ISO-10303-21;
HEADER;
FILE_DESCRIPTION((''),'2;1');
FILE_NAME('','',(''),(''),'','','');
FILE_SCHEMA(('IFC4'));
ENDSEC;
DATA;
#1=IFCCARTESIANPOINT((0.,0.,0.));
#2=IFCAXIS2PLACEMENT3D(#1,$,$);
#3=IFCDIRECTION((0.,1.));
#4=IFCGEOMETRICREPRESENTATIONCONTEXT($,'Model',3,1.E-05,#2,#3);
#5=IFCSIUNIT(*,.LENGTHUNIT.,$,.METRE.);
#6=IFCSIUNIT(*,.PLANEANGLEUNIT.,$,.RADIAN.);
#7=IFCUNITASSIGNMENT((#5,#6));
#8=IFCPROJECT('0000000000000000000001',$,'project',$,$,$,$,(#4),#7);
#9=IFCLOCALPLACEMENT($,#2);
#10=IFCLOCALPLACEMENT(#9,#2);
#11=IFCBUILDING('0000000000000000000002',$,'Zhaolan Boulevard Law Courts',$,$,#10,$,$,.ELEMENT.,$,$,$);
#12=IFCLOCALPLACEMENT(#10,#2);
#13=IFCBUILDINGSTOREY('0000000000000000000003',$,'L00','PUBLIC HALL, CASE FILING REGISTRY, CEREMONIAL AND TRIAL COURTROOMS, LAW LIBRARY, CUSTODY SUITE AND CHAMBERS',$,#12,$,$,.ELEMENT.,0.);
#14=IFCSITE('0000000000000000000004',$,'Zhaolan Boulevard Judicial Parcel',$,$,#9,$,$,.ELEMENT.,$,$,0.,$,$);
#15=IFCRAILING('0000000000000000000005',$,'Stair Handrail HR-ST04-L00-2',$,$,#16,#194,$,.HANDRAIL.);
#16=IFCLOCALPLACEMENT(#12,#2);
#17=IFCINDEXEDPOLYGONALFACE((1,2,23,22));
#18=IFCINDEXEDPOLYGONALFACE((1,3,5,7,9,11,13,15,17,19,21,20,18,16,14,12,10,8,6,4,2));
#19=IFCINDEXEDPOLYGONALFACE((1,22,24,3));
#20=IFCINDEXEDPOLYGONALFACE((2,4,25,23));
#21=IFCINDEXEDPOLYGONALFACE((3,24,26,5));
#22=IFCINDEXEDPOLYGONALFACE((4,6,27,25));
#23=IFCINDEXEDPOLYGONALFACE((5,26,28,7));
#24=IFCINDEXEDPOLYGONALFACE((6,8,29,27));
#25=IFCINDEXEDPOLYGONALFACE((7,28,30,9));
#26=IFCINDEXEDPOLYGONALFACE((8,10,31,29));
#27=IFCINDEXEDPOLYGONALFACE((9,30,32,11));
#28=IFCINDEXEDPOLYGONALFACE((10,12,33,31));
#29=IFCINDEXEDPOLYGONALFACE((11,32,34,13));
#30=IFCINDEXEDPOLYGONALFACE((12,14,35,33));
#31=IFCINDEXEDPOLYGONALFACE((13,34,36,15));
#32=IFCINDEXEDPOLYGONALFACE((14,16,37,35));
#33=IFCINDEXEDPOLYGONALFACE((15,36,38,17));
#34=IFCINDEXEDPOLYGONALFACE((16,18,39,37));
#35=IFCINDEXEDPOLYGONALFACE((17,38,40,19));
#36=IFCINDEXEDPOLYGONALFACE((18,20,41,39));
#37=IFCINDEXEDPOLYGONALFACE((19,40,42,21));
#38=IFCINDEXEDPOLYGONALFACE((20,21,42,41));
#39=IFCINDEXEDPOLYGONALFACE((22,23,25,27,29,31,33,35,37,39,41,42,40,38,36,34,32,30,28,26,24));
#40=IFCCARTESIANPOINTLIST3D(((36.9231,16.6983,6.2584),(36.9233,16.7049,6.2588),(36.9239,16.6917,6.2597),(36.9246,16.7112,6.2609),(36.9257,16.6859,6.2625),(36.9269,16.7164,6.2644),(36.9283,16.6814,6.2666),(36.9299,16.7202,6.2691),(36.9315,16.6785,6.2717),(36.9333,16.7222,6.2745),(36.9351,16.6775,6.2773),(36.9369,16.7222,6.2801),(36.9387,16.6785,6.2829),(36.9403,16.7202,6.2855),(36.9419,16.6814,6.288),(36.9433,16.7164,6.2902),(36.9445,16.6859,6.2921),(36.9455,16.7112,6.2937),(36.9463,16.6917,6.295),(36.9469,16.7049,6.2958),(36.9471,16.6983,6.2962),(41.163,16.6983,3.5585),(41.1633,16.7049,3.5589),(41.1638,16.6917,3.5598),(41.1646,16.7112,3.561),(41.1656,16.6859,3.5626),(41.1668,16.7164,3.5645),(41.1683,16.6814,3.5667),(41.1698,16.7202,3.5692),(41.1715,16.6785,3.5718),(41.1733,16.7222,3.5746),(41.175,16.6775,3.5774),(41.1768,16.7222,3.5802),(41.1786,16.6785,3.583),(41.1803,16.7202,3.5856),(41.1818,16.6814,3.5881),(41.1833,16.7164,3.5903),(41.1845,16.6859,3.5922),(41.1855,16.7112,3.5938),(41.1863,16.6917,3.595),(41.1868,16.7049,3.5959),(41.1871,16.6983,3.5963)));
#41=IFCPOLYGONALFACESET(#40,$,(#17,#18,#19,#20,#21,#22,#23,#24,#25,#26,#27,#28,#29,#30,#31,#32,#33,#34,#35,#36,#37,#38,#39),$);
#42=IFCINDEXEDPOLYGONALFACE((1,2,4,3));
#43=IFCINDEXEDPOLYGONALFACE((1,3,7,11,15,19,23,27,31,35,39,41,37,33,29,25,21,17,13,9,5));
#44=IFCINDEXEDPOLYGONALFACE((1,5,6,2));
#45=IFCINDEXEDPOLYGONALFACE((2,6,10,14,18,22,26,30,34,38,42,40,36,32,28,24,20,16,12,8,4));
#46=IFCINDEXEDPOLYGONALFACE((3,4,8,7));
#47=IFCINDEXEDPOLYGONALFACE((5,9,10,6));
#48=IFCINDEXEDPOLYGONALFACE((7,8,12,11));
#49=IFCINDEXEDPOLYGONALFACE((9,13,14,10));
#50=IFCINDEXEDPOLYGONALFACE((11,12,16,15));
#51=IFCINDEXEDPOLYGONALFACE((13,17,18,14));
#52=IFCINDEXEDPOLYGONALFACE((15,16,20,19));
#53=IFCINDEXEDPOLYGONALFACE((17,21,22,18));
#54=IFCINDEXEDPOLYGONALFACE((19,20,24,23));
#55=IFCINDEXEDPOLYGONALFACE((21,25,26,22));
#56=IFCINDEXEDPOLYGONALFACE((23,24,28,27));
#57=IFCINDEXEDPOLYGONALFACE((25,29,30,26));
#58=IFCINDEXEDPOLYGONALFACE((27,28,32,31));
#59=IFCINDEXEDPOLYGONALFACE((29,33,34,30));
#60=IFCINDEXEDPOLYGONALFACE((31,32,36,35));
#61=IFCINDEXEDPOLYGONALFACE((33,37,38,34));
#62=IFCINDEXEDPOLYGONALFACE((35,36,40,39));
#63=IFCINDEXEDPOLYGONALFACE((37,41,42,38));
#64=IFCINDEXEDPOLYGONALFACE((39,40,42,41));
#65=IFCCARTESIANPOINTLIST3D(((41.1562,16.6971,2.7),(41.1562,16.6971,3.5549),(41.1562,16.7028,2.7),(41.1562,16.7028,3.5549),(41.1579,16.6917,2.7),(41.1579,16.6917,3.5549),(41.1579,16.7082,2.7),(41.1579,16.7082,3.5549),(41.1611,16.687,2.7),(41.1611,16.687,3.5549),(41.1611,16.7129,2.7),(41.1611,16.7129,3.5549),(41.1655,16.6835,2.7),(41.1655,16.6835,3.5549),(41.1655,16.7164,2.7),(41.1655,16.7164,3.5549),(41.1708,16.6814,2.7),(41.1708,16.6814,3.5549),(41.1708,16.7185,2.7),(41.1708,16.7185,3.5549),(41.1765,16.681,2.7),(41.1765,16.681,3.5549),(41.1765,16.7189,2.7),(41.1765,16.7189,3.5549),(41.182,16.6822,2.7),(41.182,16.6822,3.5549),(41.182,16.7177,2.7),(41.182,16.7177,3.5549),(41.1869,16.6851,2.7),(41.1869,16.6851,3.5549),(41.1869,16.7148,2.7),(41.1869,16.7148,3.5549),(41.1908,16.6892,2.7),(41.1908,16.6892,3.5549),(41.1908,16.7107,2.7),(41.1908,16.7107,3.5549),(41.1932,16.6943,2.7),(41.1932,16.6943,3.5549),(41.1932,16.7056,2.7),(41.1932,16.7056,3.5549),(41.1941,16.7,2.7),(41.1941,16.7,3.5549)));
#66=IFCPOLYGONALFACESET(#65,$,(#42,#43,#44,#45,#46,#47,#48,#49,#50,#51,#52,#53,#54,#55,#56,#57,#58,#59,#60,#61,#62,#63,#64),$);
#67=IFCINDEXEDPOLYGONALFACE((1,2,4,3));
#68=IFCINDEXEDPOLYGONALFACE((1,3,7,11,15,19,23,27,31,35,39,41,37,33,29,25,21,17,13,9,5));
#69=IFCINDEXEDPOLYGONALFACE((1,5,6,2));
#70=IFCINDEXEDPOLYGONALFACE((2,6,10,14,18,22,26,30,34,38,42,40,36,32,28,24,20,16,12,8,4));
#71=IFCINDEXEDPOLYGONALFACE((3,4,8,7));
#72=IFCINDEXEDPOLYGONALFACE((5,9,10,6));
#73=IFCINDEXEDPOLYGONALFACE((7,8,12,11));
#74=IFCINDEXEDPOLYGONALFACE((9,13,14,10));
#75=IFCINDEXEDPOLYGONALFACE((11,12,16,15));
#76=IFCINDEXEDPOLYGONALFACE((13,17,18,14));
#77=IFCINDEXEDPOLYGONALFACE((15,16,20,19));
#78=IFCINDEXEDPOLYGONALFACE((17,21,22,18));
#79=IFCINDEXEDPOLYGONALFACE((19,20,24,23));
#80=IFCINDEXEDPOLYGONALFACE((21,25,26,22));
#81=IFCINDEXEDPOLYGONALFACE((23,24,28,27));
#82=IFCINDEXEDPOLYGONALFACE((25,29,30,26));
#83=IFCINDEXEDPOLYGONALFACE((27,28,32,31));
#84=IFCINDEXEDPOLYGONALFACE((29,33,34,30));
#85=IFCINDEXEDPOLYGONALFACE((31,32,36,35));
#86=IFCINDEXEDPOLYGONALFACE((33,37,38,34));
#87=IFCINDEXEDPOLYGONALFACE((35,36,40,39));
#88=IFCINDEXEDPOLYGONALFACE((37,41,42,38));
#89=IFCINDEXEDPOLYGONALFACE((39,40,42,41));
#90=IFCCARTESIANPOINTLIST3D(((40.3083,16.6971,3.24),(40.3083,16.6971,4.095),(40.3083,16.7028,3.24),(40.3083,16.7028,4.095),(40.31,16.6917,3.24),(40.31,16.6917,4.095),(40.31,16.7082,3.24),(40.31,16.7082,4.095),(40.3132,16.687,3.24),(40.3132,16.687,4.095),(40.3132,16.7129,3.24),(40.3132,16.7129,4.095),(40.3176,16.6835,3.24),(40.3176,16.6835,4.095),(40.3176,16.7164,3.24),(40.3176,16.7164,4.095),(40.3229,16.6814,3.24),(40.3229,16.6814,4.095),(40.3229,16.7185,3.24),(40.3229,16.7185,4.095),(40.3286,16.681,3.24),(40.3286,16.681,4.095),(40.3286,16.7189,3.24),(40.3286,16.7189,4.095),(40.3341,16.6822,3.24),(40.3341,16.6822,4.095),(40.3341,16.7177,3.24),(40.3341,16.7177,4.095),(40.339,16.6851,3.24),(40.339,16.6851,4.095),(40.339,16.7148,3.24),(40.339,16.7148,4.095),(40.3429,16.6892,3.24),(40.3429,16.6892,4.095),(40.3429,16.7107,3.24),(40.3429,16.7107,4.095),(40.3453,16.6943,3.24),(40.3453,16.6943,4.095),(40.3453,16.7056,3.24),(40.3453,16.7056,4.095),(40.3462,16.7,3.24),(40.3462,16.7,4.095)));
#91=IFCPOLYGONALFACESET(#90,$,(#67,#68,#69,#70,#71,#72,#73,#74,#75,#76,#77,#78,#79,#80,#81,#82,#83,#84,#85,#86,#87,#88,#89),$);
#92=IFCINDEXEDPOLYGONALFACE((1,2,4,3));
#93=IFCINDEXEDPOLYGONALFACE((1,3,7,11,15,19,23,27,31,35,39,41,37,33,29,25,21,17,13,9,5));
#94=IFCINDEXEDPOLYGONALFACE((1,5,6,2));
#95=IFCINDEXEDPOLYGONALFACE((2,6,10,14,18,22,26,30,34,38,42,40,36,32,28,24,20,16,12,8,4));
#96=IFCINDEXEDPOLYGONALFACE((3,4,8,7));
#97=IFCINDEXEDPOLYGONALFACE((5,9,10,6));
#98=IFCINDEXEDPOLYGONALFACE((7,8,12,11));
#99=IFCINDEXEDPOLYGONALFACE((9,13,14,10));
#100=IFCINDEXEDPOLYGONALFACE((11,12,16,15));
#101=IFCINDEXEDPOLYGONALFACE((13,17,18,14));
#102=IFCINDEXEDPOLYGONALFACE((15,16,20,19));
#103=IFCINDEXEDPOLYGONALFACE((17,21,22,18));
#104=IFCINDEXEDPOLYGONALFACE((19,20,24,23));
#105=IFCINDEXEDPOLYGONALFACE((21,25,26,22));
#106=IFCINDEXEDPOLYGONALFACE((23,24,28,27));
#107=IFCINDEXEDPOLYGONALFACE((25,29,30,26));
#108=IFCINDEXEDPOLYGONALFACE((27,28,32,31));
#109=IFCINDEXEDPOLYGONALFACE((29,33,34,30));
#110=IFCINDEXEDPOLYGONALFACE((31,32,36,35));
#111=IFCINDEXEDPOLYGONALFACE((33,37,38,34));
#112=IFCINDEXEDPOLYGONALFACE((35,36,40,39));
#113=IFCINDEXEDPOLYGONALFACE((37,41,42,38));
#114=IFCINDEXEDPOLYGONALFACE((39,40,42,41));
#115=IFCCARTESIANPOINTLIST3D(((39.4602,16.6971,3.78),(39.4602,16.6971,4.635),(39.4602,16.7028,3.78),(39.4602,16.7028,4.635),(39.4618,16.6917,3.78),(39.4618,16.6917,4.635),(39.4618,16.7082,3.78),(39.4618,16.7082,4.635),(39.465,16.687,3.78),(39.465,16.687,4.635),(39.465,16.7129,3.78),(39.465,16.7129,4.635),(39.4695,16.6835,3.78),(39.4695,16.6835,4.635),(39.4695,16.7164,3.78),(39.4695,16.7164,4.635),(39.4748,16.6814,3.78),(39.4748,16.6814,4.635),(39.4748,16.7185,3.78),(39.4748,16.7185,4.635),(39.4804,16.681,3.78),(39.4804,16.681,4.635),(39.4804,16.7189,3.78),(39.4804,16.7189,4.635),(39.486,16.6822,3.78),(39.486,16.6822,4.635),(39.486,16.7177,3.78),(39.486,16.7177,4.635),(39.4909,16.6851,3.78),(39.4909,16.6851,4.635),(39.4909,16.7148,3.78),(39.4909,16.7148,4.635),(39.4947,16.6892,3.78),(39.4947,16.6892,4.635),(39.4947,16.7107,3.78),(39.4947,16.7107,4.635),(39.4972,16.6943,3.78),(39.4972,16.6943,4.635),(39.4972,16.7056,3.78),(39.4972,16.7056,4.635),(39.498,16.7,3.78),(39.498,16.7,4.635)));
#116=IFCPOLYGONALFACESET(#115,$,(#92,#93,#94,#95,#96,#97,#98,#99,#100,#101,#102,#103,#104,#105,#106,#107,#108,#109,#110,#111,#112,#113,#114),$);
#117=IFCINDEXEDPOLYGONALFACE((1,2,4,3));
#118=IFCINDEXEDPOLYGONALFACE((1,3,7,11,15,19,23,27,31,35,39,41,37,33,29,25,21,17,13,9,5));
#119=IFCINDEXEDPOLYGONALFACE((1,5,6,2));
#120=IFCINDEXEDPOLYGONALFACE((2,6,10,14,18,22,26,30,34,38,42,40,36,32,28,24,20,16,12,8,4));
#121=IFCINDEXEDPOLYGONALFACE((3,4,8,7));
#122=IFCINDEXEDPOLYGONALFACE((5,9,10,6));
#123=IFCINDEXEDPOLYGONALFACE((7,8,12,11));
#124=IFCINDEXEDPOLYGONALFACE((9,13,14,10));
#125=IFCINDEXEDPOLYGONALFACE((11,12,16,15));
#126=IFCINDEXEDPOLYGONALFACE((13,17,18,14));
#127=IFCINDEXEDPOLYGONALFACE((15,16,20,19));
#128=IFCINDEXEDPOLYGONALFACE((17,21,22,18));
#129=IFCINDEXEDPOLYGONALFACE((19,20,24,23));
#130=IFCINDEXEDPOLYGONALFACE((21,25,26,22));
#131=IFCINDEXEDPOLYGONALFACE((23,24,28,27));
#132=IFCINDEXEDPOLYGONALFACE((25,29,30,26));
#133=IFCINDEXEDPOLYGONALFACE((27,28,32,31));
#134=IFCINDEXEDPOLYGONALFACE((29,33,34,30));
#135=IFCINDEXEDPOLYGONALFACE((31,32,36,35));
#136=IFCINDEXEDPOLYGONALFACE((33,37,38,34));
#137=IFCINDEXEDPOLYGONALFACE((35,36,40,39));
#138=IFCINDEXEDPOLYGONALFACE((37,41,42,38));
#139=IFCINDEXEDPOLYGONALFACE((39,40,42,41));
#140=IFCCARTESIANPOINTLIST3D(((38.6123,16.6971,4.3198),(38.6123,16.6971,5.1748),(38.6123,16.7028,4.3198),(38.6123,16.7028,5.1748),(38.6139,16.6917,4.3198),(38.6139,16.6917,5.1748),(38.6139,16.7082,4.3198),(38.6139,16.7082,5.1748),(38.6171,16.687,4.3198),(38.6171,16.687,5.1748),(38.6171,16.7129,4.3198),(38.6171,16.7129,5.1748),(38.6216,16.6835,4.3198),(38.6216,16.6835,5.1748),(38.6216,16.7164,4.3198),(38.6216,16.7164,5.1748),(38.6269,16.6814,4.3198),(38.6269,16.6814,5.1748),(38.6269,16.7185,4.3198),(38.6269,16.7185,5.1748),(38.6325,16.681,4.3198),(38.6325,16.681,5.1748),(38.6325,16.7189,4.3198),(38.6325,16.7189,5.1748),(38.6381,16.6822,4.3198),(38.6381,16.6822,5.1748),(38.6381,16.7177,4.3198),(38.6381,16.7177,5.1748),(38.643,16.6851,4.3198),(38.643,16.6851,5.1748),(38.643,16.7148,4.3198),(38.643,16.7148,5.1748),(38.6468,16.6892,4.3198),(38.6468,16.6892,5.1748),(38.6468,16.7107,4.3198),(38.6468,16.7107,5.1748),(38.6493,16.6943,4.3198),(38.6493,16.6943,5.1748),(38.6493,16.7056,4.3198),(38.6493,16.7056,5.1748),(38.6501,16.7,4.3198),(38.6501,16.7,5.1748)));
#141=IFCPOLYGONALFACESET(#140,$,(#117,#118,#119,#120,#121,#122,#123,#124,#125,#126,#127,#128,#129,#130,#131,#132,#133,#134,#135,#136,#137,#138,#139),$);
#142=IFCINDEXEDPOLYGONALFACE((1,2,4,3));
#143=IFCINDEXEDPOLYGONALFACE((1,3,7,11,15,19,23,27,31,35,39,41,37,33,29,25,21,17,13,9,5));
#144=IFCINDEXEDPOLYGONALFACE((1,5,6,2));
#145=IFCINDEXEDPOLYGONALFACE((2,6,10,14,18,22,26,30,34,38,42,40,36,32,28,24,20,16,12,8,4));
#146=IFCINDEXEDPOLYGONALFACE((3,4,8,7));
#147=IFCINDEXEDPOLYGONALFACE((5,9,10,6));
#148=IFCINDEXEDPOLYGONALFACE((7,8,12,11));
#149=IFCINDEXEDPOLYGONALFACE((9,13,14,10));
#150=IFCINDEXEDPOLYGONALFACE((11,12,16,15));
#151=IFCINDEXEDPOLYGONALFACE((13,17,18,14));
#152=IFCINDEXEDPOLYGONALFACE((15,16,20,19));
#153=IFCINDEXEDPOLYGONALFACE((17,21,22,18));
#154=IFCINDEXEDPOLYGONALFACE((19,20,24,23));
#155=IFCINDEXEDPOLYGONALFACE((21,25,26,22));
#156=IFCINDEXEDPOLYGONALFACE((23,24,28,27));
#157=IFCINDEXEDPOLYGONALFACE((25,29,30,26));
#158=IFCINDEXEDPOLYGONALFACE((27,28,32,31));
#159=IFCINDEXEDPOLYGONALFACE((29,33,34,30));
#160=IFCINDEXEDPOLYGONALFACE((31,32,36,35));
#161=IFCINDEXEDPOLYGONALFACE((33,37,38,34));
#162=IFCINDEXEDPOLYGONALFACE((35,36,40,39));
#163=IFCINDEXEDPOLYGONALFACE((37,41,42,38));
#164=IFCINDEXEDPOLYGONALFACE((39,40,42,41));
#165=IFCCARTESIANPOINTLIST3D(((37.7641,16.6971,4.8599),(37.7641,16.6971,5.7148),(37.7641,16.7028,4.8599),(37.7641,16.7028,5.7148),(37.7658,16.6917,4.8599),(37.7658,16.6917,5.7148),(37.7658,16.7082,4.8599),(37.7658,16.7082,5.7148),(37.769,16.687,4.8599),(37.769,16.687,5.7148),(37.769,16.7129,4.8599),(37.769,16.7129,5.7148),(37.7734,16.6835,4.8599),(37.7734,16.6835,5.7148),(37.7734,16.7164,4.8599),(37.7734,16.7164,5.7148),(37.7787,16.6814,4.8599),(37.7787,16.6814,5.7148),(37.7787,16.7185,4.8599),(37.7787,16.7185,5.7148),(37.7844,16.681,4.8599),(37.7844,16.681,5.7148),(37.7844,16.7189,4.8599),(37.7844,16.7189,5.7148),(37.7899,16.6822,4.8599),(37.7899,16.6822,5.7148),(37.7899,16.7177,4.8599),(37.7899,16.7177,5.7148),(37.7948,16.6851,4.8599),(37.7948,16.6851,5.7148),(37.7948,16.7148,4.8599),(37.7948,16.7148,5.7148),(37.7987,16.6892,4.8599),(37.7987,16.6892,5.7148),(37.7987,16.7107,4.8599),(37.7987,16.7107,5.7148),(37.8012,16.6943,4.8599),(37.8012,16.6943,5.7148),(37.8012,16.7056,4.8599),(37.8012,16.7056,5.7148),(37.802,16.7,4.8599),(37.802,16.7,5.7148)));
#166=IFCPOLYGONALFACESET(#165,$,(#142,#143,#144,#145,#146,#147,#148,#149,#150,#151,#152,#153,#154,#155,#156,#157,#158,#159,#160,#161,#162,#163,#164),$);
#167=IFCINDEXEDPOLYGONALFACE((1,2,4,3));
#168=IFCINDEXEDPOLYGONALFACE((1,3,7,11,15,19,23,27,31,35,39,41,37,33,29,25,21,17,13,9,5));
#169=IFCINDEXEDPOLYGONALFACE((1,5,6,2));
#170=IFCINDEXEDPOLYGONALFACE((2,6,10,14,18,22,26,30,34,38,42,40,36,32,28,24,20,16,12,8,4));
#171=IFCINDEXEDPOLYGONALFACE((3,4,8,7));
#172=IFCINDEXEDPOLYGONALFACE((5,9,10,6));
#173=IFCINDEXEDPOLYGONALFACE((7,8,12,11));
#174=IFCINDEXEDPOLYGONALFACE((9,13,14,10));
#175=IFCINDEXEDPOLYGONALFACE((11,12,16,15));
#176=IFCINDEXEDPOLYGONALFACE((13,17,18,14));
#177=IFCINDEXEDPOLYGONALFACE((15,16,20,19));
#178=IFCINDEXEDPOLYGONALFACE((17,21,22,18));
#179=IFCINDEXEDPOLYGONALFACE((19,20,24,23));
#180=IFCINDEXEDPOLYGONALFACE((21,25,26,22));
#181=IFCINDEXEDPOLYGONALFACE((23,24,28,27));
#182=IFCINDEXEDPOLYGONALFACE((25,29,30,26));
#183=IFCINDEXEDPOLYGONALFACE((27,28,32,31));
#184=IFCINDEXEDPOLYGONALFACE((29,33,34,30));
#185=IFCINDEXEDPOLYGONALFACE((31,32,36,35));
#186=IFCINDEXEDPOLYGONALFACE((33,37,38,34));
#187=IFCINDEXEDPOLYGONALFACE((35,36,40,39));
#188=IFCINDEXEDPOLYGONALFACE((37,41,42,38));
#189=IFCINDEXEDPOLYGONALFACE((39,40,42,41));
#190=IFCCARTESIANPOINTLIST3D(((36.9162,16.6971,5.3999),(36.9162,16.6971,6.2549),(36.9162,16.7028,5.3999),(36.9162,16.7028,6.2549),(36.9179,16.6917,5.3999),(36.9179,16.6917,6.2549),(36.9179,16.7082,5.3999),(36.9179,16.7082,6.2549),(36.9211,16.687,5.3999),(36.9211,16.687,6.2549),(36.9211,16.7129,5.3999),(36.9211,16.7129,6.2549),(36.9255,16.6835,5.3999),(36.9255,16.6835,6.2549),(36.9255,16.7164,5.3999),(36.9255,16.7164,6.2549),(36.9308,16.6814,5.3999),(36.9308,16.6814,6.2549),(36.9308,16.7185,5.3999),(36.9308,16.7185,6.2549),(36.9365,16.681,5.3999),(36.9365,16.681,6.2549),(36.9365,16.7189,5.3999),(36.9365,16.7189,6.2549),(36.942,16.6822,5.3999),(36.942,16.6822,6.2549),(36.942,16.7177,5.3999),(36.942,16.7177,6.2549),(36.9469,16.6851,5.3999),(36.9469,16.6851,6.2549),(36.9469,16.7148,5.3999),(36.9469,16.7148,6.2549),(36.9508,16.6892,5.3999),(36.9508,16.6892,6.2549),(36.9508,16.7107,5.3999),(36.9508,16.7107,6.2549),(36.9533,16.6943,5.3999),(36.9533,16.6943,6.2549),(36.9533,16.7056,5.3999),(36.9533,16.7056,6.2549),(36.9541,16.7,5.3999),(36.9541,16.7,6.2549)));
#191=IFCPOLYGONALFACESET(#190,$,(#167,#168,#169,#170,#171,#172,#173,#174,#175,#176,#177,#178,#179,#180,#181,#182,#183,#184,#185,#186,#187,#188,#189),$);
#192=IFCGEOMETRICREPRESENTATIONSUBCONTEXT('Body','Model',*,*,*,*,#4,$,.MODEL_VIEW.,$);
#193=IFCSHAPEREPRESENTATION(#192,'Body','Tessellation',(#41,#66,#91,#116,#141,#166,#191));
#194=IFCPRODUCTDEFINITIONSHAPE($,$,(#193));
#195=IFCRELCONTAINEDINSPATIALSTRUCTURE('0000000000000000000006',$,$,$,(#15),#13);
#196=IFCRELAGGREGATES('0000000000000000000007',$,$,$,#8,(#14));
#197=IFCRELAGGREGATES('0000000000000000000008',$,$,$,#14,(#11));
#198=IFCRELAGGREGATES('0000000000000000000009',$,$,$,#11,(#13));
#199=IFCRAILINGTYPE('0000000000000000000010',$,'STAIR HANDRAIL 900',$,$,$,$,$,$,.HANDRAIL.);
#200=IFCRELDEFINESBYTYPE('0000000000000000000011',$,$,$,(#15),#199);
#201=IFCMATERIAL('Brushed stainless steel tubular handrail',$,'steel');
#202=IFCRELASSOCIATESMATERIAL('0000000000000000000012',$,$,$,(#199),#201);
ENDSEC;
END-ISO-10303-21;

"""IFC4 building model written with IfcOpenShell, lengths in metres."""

from ifc_helpers import new_model, si_unit, direction, frame, origin, origin_2d, place, context, subcontext, project, spatial, circle, extrude, material, type_object, element, save


model = new_model("IFC4")

# Units and contexts
model_context = context("Model", 3, precision=1e-05, world=origin(), true_north=direction((0.0, 1.0)))
body_context = subcontext(model_context, "Body", "Model", "MODEL_VIEW")
ifc_project = project(units=[si_unit("LENGTHUNIT", "METRE"), si_unit("PLANEANGLEUNIT", "RADIAN")], contexts=[model_context])

# Site, building, storey
site_placement = place(None, origin())
site = spatial("IfcSite", under=ifc_project, at=site_placement, Name="Zhaolan Boulevard Judicial Parcel", CompositionType="ELEMENT", RefElevation=0.0)
building_placement = place(site_placement, origin())
building = spatial("IfcBuilding", under=site, at=building_placement, Name="Zhaolan Boulevard Law Courts", CompositionType="ELEMENT")
storey_placement = place(building_placement, origin())
storey = spatial("IfcBuildingStorey", under=building, at=storey_placement, Name="L00", Description="PUBLIC HALL, CASE FILING REGISTRY, CEREMONIAL AND TRIAL COURTROOMS, LAW LIBRARY, CUSTODY SUITE AND CHAMBERS", CompositionType="ELEMENT", Elevation=0.0)

# Railing
ifc_material_1 = material(Name="Brushed stainless steel tubular handrail", Category="steel")
railing_type_1 = type_object("IfcRailingType", Name="STAIR HANDRAIL 900", PredefinedType="HANDRAIL", material=ifc_material_1)
railing_1_placement = place(storey_placement, frame((41.175, 16.7, 2.7)))
element("IfcRailing", 1, at=railing_1_placement, inside=storey, type_object=railing_type_1, Name="Stair Handrail HR-ST04-L00-2", PredefinedType="HANDRAIL", context=body_context, shape_type="SweptSolid", body=[
    extrude(circle(Radius=0.0225, at=origin_2d()), frame((0.0, 0.0, 0.8774), z_axis=(-0.843501, 0.0, 0.537127), x_axis=(0.0, -1.0, 0.0)), (0.0, 0.0, 1.0), 5.0266),
    extrude(circle(Radius=0.019, at=origin_2d()), origin(), (0.0, 0.0, 1.0), 0.855),
    extrude(circle(Radius=0.019, at=origin_2d()), frame((-0.8479, 0.0, 0.54)), (0.0, 0.0, 1.0), 0.855),
    extrude(circle(Radius=0.019, at=origin_2d()), frame((-1.696, 0.0, 1.0801)), (0.0, 0.0, 1.0), 0.855),
    extrude(circle(Radius=0.019, at=origin_2d()), frame((-2.5439, 0.0, 1.6199)), (0.0, 0.0, 1.0), 0.855),
    extrude(circle(Radius=0.019, at=origin_2d()), frame((-3.3921, 0.0, 2.1599)), (0.0, 0.0, 1.0), 0.855),
    extrude(circle(Radius=0.019, at=origin_2d()), frame((-4.24, 0.0, 2.7)), (0.0, 0.0, 1.0), 0.855),
])

save(model, "model.ifc")
